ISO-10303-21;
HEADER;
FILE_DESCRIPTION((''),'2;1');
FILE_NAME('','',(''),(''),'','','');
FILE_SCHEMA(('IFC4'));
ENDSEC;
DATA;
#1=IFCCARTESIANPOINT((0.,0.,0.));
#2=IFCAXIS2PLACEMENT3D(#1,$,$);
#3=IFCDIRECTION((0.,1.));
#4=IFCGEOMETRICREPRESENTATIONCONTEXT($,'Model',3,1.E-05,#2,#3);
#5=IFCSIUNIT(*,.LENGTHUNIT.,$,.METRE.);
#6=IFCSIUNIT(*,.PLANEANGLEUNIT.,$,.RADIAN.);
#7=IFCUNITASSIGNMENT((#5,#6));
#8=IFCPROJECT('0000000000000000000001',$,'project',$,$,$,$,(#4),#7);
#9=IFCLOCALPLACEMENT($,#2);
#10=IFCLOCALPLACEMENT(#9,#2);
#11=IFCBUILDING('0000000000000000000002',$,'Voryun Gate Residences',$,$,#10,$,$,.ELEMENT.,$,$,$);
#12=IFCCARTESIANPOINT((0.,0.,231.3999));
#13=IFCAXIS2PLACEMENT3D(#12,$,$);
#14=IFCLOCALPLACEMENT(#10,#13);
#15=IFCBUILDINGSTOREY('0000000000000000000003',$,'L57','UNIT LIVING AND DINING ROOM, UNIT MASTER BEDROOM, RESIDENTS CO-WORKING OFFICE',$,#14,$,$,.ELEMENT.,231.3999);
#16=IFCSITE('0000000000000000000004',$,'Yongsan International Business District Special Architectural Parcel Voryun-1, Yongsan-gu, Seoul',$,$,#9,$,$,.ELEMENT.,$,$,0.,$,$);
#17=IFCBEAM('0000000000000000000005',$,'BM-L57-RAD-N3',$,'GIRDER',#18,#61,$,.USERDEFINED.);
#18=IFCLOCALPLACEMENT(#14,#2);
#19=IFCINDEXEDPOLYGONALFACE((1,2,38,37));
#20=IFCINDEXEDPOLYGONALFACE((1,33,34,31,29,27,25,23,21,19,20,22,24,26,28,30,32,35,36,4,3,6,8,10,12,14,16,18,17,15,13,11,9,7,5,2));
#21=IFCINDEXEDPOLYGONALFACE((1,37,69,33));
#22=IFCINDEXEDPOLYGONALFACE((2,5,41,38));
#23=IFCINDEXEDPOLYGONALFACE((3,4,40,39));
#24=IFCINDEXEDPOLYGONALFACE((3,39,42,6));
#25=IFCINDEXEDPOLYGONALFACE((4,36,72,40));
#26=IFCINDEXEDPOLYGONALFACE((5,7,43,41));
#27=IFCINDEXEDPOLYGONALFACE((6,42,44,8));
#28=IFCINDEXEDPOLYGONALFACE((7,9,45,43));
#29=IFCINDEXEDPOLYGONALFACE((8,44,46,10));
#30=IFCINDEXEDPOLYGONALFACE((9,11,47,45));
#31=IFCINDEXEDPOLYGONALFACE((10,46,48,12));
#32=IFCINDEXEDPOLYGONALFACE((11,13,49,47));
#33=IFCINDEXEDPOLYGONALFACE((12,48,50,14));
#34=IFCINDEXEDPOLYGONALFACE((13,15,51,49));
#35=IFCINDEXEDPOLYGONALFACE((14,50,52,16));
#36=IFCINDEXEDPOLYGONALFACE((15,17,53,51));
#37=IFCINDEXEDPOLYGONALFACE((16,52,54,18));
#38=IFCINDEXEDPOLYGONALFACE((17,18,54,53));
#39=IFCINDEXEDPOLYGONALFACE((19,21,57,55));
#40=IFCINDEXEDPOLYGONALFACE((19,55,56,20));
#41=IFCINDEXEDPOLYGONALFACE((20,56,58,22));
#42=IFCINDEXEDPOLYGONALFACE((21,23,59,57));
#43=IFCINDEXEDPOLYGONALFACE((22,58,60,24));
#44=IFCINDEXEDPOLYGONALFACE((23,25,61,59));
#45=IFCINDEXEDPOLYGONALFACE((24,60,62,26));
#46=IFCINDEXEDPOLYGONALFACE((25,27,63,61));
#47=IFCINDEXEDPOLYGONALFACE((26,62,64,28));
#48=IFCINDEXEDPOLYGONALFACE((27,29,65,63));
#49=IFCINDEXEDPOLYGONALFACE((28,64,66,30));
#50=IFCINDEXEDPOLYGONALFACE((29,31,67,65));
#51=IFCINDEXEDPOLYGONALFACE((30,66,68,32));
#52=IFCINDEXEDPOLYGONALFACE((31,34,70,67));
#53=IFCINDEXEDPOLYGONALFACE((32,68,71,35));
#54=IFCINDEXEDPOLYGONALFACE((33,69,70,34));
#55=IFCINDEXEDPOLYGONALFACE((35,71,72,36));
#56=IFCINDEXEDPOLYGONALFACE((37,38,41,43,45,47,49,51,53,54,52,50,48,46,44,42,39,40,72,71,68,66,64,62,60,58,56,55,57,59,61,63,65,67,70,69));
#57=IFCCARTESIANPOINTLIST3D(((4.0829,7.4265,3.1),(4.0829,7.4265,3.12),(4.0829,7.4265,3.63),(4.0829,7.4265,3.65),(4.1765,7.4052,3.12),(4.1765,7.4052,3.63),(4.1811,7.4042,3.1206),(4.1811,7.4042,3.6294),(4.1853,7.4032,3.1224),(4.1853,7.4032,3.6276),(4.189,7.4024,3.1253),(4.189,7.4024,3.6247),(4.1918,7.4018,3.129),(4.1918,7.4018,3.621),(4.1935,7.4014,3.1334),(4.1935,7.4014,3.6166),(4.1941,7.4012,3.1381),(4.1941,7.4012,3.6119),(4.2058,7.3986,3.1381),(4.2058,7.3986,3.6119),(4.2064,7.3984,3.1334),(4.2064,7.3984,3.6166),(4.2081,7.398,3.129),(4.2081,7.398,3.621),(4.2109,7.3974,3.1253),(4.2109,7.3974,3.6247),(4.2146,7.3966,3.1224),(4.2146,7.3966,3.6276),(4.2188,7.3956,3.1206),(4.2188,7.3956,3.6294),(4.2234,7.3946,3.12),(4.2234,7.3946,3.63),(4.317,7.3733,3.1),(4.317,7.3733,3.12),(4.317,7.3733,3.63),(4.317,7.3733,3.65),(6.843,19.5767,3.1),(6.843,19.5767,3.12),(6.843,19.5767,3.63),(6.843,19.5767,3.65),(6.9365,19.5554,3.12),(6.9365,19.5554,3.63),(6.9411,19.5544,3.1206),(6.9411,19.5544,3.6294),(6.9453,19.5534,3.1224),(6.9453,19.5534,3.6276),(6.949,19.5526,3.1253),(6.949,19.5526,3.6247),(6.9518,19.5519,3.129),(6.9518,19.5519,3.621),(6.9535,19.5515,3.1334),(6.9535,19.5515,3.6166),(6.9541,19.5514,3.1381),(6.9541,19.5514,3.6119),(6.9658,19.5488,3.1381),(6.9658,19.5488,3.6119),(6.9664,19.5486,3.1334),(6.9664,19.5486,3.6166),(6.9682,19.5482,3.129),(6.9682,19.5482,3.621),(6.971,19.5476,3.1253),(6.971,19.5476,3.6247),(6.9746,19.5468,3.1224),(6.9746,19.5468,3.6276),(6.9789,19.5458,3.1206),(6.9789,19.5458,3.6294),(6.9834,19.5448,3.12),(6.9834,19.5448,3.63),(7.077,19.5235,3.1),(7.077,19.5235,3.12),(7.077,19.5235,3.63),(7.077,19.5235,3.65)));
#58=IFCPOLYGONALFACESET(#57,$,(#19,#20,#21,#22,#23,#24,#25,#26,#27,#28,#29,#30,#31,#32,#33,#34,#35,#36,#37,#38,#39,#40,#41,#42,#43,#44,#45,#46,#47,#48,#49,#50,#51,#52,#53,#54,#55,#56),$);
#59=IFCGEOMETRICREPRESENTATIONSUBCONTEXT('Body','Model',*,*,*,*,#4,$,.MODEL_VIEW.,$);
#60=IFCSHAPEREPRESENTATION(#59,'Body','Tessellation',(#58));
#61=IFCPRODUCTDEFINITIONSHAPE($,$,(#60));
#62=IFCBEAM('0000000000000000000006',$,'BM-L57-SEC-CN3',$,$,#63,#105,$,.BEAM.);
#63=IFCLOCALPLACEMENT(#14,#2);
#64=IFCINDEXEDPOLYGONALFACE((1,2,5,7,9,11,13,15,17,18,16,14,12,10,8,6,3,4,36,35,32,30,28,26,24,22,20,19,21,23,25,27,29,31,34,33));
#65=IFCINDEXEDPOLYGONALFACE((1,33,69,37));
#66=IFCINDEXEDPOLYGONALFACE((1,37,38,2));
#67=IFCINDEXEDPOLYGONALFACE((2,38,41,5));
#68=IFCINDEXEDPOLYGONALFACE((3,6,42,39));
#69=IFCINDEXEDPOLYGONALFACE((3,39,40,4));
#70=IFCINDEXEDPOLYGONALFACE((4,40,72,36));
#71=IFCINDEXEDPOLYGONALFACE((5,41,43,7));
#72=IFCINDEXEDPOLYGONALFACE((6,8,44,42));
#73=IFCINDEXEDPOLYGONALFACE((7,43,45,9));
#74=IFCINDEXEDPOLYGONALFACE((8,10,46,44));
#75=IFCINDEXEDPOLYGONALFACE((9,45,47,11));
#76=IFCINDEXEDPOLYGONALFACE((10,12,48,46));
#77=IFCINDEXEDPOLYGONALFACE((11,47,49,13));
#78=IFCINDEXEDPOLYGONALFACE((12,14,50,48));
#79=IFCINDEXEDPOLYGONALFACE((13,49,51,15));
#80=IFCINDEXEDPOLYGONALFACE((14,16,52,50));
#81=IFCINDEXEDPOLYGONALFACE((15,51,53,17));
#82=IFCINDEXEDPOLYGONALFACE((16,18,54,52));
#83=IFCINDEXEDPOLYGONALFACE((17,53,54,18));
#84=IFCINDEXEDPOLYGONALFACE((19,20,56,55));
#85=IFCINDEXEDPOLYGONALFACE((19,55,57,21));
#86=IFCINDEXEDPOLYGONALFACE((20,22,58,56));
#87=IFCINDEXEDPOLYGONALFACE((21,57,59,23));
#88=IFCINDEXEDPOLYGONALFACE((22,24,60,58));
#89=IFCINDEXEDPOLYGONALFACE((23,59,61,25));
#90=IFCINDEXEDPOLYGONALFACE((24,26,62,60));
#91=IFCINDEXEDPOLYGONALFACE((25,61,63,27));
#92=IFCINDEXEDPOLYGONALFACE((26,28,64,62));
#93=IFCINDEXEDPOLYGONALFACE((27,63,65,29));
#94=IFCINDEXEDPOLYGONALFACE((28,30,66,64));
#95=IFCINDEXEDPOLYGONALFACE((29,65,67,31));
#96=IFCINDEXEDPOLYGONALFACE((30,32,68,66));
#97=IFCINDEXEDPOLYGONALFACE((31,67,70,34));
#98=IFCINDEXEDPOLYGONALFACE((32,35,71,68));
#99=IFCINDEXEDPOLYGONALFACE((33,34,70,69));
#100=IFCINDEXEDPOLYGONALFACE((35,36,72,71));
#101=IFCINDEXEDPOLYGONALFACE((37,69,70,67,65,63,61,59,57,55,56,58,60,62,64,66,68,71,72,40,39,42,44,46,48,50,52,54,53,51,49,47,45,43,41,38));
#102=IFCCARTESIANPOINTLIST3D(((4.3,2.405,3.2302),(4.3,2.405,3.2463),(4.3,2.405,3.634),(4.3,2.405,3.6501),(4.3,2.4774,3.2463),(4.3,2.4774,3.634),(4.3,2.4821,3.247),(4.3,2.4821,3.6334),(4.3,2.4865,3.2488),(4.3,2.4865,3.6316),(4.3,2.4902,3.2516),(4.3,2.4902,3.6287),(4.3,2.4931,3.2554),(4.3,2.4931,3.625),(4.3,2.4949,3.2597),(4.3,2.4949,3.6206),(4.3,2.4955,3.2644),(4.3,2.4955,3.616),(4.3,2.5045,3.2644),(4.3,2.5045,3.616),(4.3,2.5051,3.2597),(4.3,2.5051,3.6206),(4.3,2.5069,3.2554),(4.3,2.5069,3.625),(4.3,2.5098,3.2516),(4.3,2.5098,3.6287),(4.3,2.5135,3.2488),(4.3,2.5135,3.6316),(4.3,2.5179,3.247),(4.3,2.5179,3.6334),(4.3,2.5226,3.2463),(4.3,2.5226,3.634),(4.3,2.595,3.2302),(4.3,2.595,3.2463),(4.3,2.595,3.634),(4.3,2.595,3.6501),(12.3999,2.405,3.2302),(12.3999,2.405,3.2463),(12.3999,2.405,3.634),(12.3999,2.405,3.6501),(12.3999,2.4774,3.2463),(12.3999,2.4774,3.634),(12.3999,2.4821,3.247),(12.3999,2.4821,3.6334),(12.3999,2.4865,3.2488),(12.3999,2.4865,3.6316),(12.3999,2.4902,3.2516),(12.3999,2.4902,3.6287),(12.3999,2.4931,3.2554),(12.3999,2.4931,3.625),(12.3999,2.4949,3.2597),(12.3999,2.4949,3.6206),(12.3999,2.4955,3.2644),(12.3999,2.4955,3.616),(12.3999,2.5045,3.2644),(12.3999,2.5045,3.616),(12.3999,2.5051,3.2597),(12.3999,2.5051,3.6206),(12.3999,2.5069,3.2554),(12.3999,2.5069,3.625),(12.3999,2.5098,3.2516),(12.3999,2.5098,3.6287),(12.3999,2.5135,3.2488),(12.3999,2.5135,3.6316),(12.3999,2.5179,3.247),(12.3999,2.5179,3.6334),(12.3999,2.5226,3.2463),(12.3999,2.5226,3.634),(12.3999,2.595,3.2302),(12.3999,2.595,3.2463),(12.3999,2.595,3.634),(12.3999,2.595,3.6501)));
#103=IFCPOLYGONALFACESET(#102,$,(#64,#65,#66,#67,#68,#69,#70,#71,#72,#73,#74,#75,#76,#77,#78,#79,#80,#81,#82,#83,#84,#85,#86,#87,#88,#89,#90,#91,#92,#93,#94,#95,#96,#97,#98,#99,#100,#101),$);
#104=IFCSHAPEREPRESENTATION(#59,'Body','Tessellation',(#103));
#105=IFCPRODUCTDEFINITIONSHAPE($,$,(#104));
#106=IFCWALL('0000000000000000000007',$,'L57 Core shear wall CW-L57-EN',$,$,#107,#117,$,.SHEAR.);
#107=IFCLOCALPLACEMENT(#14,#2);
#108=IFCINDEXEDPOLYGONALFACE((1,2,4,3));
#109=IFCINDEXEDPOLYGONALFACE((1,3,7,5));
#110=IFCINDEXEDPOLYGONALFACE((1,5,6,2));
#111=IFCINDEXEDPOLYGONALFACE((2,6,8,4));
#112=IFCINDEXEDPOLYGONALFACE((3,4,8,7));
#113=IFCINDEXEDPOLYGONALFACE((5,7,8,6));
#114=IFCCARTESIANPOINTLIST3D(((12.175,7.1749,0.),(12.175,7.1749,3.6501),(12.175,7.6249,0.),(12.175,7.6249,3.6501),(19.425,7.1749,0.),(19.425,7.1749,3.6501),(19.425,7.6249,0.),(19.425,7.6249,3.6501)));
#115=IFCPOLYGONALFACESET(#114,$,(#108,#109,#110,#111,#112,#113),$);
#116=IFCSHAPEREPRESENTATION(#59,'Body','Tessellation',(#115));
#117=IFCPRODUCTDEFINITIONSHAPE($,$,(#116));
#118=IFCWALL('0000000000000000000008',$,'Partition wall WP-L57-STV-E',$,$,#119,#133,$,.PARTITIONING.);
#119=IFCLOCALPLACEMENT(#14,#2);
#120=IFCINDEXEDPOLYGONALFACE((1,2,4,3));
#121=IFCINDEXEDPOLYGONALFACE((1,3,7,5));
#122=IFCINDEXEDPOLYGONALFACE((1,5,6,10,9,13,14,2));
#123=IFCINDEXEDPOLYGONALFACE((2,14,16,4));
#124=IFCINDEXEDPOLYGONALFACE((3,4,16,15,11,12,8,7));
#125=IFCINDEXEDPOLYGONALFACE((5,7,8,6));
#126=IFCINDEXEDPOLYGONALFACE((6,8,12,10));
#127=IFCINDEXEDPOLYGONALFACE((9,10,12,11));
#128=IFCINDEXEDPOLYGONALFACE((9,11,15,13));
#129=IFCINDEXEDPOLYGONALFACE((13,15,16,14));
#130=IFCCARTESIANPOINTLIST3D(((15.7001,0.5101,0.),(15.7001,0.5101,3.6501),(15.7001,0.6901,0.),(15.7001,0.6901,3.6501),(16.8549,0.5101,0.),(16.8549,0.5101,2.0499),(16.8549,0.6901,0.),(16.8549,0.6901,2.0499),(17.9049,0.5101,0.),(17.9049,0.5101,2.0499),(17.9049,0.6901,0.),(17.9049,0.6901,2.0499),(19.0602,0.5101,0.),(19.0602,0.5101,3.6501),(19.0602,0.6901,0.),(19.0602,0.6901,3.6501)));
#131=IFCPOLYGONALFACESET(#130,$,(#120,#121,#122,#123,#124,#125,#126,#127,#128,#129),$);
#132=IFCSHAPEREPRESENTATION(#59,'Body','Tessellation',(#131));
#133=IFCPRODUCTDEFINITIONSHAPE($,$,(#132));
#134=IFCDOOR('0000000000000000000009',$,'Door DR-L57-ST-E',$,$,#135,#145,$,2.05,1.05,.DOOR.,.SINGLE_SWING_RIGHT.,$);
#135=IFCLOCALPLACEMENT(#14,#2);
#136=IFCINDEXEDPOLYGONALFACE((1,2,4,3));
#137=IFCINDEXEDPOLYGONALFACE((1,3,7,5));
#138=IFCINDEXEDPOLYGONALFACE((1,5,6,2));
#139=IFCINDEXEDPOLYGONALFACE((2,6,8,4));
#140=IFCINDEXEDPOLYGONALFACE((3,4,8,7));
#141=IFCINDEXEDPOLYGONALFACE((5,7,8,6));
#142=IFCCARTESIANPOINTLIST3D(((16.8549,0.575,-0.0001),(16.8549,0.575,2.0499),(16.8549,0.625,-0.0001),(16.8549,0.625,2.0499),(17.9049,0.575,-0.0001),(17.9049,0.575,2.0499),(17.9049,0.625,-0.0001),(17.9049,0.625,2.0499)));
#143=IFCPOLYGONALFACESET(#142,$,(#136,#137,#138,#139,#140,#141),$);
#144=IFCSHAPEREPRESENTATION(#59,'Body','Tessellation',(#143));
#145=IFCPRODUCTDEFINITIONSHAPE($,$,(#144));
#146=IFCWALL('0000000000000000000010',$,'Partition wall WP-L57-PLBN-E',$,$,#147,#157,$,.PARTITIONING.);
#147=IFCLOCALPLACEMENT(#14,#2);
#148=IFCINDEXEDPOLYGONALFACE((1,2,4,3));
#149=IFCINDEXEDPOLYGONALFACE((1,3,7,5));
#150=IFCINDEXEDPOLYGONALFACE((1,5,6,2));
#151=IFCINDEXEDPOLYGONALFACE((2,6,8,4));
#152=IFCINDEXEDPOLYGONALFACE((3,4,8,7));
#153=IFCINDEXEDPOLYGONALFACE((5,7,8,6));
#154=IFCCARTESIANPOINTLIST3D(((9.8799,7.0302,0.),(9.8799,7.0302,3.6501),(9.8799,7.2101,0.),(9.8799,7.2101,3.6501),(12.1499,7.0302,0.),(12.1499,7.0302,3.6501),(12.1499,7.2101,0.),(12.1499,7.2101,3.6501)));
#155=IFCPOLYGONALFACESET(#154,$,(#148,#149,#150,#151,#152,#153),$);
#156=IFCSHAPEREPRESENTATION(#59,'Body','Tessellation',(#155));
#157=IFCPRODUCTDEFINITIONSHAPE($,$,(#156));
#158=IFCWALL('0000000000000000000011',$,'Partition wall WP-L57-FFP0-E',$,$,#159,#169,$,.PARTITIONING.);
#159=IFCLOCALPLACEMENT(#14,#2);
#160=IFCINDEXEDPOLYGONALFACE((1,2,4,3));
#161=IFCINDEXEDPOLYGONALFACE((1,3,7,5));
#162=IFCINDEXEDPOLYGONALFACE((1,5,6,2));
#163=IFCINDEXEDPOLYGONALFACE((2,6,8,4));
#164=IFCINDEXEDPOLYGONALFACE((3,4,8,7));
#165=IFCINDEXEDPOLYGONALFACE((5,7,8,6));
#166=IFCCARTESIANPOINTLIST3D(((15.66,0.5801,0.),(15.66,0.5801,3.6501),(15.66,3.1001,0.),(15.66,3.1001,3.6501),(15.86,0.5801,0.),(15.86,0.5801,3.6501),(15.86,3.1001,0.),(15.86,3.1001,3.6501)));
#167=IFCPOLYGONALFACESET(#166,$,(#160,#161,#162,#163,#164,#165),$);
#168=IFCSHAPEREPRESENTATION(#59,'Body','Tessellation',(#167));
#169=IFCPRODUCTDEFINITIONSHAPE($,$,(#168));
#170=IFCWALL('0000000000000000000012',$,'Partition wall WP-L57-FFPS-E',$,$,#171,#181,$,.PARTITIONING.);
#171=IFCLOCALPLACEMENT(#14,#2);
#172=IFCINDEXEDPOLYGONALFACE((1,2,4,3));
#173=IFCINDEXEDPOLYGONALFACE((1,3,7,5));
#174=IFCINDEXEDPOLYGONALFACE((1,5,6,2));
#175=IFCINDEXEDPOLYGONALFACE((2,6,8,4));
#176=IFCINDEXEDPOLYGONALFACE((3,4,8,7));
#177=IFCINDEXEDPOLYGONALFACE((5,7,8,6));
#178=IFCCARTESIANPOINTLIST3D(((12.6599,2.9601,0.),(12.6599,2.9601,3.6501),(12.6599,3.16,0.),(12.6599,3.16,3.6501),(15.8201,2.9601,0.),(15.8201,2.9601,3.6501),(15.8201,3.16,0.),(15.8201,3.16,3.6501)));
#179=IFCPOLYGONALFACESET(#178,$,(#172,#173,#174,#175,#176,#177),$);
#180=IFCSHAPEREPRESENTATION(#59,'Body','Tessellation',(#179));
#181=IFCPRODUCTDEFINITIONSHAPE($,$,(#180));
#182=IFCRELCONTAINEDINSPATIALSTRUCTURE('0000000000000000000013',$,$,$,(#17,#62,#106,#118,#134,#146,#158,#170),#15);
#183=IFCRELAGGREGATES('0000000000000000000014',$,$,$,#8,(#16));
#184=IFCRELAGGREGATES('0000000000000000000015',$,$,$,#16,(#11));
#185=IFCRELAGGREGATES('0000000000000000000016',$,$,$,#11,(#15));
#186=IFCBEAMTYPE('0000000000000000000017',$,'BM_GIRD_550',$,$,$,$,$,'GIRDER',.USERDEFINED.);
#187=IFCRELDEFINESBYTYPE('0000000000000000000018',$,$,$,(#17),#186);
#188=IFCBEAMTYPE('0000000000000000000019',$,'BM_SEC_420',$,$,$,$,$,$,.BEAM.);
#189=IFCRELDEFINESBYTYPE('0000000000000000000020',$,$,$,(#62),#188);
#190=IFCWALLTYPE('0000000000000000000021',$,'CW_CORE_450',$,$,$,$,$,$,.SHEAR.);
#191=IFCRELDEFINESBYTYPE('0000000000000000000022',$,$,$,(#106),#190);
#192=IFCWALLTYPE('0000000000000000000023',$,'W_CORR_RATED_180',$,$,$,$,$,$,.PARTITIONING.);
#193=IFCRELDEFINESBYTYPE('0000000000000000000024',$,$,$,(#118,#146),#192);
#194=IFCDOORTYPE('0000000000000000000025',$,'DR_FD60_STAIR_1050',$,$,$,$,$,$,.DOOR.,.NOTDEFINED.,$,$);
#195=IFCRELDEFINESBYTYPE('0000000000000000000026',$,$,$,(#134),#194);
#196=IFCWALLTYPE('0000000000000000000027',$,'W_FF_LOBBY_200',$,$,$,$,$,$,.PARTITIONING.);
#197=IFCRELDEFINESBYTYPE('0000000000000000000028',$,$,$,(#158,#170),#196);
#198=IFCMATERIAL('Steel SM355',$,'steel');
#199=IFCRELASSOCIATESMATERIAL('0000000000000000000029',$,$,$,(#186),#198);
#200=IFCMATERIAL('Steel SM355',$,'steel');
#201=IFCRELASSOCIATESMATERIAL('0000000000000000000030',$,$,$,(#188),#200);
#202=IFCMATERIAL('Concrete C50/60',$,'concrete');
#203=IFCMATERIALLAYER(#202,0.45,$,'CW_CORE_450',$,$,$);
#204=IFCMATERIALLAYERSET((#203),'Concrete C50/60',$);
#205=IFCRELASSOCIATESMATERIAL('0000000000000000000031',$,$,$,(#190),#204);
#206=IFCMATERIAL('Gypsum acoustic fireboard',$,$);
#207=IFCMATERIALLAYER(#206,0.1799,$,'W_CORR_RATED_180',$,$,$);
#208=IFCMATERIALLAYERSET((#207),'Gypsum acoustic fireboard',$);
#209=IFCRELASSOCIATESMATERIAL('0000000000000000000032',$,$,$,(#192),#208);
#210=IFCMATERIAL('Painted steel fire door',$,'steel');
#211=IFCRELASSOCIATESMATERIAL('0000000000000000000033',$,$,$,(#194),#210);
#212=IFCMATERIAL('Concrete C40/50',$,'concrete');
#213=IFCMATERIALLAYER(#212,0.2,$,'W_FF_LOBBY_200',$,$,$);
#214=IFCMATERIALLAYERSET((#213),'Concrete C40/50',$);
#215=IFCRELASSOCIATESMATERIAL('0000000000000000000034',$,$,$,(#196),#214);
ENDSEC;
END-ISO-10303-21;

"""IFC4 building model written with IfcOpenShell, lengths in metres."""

from ifc_helpers import new_model, si_unit, direction, frame, frame_2d, origin, origin_2d, place, context, subcontext, project, spatial, rectangle, i_section, extrude, material, layer, layer_set, material_profile, profile_set, type_object, element, fill, save


model = new_model("IFC4")

# Units and contexts
model_context = context("Model", 3, precision=1e-05, world=origin(), true_north=direction((0.0, 1.0)))
body_context = subcontext(model_context, "Body", "Model", "MODEL_VIEW")
ifc_project = project(units=[si_unit("LENGTHUNIT", "METRE"), si_unit("PLANEANGLEUNIT", "RADIAN")], contexts=[model_context])

# Site, building, storey
site_placement = place(None, origin())
site = spatial("IfcSite", under=ifc_project, at=site_placement, Name="Yongsan International Business District Special Architectural Parcel Voryun-1, Yongsan-gu, Seoul", CompositionType="ELEMENT", RefElevation=0.0)
building_placement = place(site_placement, origin())
building = spatial("IfcBuilding", under=site, at=building_placement, Name="Voryun Gate Residences", CompositionType="ELEMENT")
storey_placement = place(building_placement, frame((0.0, 0.0, 231.3999)))
storey = spatial("IfcBuildingStorey", under=building, at=storey_placement, Name="L57", Description="UNIT LIVING AND DINING ROOM, UNIT MASTER BEDROOM, RESIDENTS CO-WORKING OFFICE", CompositionType="ELEMENT", Elevation=231.3999)

# Beams
ifc_material_1 = material(Name="Steel SM355", Category="steel")
ifc_material_profile_1 = material_profile(ifc_material_1, i_section(OverallWidth=0.24, OverallDepth=0.55, WebThickness=0.012, FlangeThickness=0.02, FilletRadius=0.0181, at=origin_2d()), Name="H-550x240x12x20")
ifc_profile_set_1 = profile_set([ifc_material_profile_1], Name="Steel SM355")
beam_type_1 = type_object("IfcBeamType", Name="BM_GIRD_550", ElementType="GIRDER", PredefinedType="USERDEFINED", material=ifc_profile_set_1)
beam_1_placement = place(storey_placement, frame((4.2, 7.3999, 3.375), z_axis=(0.221515, 0.975157, 0.0), x_axis=(-0.975157, 0.221515, 0.0)))
element("IfcBeam", 1, at=beam_1_placement, inside=storey, type_object=beam_type_1, Name="BM-L57-RAD-N3", ObjectType="GIRDER", PredefinedType="USERDEFINED", context=body_context, shape_type="SweptSolid", body=[
    extrude(i_section(OverallWidth=0.24, OverallDepth=0.55, WebThickness=0.012, FlangeThickness=0.02, FilletRadius=0.0181, at=origin_2d()), origin(), (0.0, 0.0, 1.0), 12.4597),
])
ifc_material_2 = material(Name="Steel SM355", Category="steel")
ifc_material_profile_2 = material_profile(ifc_material_2, i_section(OverallWidth=0.1899, OverallDepth=0.4199, WebThickness=0.009, FlangeThickness=0.0161, FilletRadius=0.0181, at=origin_2d()), Name="H-420x190x9x16")
ifc_profile_set_2 = profile_set([ifc_material_profile_2], Name="Steel SM355")
beam_type_2 = type_object("IfcBeamType", Name="BM_SEC_420", PredefinedType="BEAM", material=ifc_profile_set_2)
beam_2_placement = place(storey_placement, frame((4.3, 2.5, 3.4402), z_axis=(1.0, 0.0, 0.0), x_axis=(0.0, 1.0, 0.0)))
element("IfcBeam", 2, at=beam_2_placement, inside=storey, type_object=beam_type_2, Name="BM-L57-SEC-CN3", PredefinedType="BEAM", context=body_context, shape_type="SweptSolid", body=[
    extrude(i_section(OverallWidth=0.1899, OverallDepth=0.4199, WebThickness=0.009, FlangeThickness=0.0161, FilletRadius=0.0181, at=origin_2d()), origin(), (0.0, 0.0, 1.0), 8.0999),
])

# Wall
ifc_material_3 = material(Name="Concrete C50/60", Category="concrete")
ifc_layer_1 = layer(ifc_material_3, 0.45, Name="CW_CORE_450")
ifc_layer_set_1 = layer_set([ifc_layer_1], Name="Concrete C50/60")
wall_type_1 = type_object("IfcWallType", Name="CW_CORE_450", PredefinedType="SHEAR", material=ifc_layer_set_1)
wall_1_placement = place(storey_placement, frame((12.175, 7.3999, 0.0), z_axis=(0.0, 0.0, 1.0), x_axis=(1.0, 0.0, 0.0)))
element("IfcWall", 3, at=wall_1_placement, inside=storey, type_object=wall_type_1, Name="L57 Core shear wall CW-L57-EN", PredefinedType="SHEAR", context=body_context, shape_type="SweptSolid", body=[
    extrude(rectangle(XDim=7.25, YDim=0.45, at=frame_2d((3.625, 0.0))), origin(), (0.0, 0.0, 1.0), 3.6501),
])

# Wall, opening, door
ifc_material_4 = material(Name="Gypsum acoustic fireboard")
ifc_layer_2 = layer(ifc_material_4, 0.1799, Name="W_CORR_RATED_180")
ifc_layer_set_2 = layer_set([ifc_layer_2], Name="Gypsum acoustic fireboard")
wall_type_2 = type_object("IfcWallType", Name="W_CORR_RATED_180", PredefinedType="PARTITIONING", material=ifc_layer_set_2)
wall_2_placement = place(storey_placement, frame((15.7, 0.6001, 0.0), z_axis=(0.0, 0.0, 1.0), x_axis=(1.0, 0.0, 0.0)))
wall_2 = element("IfcWall", 4, at=wall_2_placement, inside=storey, type_object=wall_type_2, Name="Partition wall WP-L57-STV-E", PredefinedType="PARTITIONING", context=body_context, shape_type="SweptSolid", body=[
    extrude(rectangle(XDim=3.3601, YDim=0.1799, at=frame_2d((1.6802, 0.0))), origin(), (0.0, 0.0, 1.0), 3.6501),
])
opening_1_placement = place(wall_2_placement, frame((1.155, 0.0, 0.0)))
opening_1 = element("IfcOpeningElement", 5, at=opening_1_placement, cuts=wall_2, PredefinedType="OPENING", context=body_context, shape_type="SweptSolid", body=[
    extrude(rectangle(XDim=1.05, YDim=2.05, at=frame_2d((0.5249, 1.0249))), frame((0.0, 0.0999, 0.0), z_axis=(0.0, -1.0, 0.0), x_axis=(1.0, 0.0, 0.0)), (0.0, 0.0, 1.0), 0.2),
])
ifc_material_5 = material(Name="Painted steel fire door", Category="steel")
door_type_1 = type_object("IfcDoorType", Name="DR_FD60_STAIR_1050", OperationType="NOTDEFINED", PredefinedType="DOOR", material=ifc_material_5)
door_1_placement = place(opening_1_placement, origin())
door_1 = element("IfcDoor", 6, at=door_1_placement, inside=storey, type_object=door_type_1, Name="Door DR-L57-ST-E", OperationType="SINGLE_SWING_RIGHT", OverallHeight=2.05, OverallWidth=1.05, PredefinedType="DOOR", context=body_context, shape_type="SweptSolid", body=[
    extrude(rectangle(XDim=1.05, YDim=2.05, at=frame_2d((0.5249, 1.0249))), frame((0.0, 0.0249, 0.0), z_axis=(0.0, -1.0, 0.0), x_axis=(1.0, 0.0, 0.0)), (0.0, 0.0, 1.0), 0.05),
])
fill(opening_1, door_1)

# Walls
wall_3_placement = place(storey_placement, frame((9.8799, 7.1201, 0.0), z_axis=(0.0, 0.0, 1.0), x_axis=(1.0, 0.0, 0.0)))
element("IfcWall", 7, at=wall_3_placement, inside=storey, type_object=wall_type_2, Name="Partition wall WP-L57-PLBN-E", PredefinedType="PARTITIONING", context=body_context, shape_type="SweptSolid", body=[
    extrude(rectangle(XDim=2.27, YDim=0.1799, at=frame_2d((1.135, 0.0))), origin(), (0.0, 0.0, 1.0), 3.6501),
])
ifc_material_6 = material(Name="Concrete C40/50", Category="concrete")
ifc_layer_3 = layer(ifc_material_6, 0.2, Name="W_FF_LOBBY_200")
ifc_layer_set_3 = layer_set([ifc_layer_3], Name="Concrete C40/50")
wall_type_3 = type_object("IfcWallType", Name="W_FF_LOBBY_200", PredefinedType="PARTITIONING", material=ifc_layer_set_3)
wall_4_placement = place(storey_placement, frame((15.76, 0.5801, 0.0), z_axis=(0.0, 0.0, 1.0), x_axis=(0.0, 1.0, 0.0)))
element("IfcWall", 8, at=wall_4_placement, inside=storey, type_object=wall_type_3, Name="Partition wall WP-L57-FFP0-E", PredefinedType="PARTITIONING", context=body_context, shape_type="SweptSolid", body=[
    extrude(rectangle(XDim=2.52, YDim=0.2, at=frame_2d((1.26, 0.0))), origin(), (0.0, 0.0, 1.0), 3.6501),
])
wall_5_placement = place(storey_placement, frame((12.6599, 3.0601, 0.0), z_axis=(0.0, 0.0, 1.0), x_axis=(1.0, 0.0, 0.0)))
element("IfcWall", 9, at=wall_5_placement, inside=storey, type_object=wall_type_3, Name="Partition wall WP-L57-FFPS-E", PredefinedType="PARTITIONING", context=body_context, shape_type="SweptSolid", body=[
    extrude(rectangle(XDim=3.1602, YDim=0.2, at=frame_2d((1.5801, 0.0))), origin(), (0.0, 0.0, 1.0), 3.6501),
])

save(model, "model.ifc")
